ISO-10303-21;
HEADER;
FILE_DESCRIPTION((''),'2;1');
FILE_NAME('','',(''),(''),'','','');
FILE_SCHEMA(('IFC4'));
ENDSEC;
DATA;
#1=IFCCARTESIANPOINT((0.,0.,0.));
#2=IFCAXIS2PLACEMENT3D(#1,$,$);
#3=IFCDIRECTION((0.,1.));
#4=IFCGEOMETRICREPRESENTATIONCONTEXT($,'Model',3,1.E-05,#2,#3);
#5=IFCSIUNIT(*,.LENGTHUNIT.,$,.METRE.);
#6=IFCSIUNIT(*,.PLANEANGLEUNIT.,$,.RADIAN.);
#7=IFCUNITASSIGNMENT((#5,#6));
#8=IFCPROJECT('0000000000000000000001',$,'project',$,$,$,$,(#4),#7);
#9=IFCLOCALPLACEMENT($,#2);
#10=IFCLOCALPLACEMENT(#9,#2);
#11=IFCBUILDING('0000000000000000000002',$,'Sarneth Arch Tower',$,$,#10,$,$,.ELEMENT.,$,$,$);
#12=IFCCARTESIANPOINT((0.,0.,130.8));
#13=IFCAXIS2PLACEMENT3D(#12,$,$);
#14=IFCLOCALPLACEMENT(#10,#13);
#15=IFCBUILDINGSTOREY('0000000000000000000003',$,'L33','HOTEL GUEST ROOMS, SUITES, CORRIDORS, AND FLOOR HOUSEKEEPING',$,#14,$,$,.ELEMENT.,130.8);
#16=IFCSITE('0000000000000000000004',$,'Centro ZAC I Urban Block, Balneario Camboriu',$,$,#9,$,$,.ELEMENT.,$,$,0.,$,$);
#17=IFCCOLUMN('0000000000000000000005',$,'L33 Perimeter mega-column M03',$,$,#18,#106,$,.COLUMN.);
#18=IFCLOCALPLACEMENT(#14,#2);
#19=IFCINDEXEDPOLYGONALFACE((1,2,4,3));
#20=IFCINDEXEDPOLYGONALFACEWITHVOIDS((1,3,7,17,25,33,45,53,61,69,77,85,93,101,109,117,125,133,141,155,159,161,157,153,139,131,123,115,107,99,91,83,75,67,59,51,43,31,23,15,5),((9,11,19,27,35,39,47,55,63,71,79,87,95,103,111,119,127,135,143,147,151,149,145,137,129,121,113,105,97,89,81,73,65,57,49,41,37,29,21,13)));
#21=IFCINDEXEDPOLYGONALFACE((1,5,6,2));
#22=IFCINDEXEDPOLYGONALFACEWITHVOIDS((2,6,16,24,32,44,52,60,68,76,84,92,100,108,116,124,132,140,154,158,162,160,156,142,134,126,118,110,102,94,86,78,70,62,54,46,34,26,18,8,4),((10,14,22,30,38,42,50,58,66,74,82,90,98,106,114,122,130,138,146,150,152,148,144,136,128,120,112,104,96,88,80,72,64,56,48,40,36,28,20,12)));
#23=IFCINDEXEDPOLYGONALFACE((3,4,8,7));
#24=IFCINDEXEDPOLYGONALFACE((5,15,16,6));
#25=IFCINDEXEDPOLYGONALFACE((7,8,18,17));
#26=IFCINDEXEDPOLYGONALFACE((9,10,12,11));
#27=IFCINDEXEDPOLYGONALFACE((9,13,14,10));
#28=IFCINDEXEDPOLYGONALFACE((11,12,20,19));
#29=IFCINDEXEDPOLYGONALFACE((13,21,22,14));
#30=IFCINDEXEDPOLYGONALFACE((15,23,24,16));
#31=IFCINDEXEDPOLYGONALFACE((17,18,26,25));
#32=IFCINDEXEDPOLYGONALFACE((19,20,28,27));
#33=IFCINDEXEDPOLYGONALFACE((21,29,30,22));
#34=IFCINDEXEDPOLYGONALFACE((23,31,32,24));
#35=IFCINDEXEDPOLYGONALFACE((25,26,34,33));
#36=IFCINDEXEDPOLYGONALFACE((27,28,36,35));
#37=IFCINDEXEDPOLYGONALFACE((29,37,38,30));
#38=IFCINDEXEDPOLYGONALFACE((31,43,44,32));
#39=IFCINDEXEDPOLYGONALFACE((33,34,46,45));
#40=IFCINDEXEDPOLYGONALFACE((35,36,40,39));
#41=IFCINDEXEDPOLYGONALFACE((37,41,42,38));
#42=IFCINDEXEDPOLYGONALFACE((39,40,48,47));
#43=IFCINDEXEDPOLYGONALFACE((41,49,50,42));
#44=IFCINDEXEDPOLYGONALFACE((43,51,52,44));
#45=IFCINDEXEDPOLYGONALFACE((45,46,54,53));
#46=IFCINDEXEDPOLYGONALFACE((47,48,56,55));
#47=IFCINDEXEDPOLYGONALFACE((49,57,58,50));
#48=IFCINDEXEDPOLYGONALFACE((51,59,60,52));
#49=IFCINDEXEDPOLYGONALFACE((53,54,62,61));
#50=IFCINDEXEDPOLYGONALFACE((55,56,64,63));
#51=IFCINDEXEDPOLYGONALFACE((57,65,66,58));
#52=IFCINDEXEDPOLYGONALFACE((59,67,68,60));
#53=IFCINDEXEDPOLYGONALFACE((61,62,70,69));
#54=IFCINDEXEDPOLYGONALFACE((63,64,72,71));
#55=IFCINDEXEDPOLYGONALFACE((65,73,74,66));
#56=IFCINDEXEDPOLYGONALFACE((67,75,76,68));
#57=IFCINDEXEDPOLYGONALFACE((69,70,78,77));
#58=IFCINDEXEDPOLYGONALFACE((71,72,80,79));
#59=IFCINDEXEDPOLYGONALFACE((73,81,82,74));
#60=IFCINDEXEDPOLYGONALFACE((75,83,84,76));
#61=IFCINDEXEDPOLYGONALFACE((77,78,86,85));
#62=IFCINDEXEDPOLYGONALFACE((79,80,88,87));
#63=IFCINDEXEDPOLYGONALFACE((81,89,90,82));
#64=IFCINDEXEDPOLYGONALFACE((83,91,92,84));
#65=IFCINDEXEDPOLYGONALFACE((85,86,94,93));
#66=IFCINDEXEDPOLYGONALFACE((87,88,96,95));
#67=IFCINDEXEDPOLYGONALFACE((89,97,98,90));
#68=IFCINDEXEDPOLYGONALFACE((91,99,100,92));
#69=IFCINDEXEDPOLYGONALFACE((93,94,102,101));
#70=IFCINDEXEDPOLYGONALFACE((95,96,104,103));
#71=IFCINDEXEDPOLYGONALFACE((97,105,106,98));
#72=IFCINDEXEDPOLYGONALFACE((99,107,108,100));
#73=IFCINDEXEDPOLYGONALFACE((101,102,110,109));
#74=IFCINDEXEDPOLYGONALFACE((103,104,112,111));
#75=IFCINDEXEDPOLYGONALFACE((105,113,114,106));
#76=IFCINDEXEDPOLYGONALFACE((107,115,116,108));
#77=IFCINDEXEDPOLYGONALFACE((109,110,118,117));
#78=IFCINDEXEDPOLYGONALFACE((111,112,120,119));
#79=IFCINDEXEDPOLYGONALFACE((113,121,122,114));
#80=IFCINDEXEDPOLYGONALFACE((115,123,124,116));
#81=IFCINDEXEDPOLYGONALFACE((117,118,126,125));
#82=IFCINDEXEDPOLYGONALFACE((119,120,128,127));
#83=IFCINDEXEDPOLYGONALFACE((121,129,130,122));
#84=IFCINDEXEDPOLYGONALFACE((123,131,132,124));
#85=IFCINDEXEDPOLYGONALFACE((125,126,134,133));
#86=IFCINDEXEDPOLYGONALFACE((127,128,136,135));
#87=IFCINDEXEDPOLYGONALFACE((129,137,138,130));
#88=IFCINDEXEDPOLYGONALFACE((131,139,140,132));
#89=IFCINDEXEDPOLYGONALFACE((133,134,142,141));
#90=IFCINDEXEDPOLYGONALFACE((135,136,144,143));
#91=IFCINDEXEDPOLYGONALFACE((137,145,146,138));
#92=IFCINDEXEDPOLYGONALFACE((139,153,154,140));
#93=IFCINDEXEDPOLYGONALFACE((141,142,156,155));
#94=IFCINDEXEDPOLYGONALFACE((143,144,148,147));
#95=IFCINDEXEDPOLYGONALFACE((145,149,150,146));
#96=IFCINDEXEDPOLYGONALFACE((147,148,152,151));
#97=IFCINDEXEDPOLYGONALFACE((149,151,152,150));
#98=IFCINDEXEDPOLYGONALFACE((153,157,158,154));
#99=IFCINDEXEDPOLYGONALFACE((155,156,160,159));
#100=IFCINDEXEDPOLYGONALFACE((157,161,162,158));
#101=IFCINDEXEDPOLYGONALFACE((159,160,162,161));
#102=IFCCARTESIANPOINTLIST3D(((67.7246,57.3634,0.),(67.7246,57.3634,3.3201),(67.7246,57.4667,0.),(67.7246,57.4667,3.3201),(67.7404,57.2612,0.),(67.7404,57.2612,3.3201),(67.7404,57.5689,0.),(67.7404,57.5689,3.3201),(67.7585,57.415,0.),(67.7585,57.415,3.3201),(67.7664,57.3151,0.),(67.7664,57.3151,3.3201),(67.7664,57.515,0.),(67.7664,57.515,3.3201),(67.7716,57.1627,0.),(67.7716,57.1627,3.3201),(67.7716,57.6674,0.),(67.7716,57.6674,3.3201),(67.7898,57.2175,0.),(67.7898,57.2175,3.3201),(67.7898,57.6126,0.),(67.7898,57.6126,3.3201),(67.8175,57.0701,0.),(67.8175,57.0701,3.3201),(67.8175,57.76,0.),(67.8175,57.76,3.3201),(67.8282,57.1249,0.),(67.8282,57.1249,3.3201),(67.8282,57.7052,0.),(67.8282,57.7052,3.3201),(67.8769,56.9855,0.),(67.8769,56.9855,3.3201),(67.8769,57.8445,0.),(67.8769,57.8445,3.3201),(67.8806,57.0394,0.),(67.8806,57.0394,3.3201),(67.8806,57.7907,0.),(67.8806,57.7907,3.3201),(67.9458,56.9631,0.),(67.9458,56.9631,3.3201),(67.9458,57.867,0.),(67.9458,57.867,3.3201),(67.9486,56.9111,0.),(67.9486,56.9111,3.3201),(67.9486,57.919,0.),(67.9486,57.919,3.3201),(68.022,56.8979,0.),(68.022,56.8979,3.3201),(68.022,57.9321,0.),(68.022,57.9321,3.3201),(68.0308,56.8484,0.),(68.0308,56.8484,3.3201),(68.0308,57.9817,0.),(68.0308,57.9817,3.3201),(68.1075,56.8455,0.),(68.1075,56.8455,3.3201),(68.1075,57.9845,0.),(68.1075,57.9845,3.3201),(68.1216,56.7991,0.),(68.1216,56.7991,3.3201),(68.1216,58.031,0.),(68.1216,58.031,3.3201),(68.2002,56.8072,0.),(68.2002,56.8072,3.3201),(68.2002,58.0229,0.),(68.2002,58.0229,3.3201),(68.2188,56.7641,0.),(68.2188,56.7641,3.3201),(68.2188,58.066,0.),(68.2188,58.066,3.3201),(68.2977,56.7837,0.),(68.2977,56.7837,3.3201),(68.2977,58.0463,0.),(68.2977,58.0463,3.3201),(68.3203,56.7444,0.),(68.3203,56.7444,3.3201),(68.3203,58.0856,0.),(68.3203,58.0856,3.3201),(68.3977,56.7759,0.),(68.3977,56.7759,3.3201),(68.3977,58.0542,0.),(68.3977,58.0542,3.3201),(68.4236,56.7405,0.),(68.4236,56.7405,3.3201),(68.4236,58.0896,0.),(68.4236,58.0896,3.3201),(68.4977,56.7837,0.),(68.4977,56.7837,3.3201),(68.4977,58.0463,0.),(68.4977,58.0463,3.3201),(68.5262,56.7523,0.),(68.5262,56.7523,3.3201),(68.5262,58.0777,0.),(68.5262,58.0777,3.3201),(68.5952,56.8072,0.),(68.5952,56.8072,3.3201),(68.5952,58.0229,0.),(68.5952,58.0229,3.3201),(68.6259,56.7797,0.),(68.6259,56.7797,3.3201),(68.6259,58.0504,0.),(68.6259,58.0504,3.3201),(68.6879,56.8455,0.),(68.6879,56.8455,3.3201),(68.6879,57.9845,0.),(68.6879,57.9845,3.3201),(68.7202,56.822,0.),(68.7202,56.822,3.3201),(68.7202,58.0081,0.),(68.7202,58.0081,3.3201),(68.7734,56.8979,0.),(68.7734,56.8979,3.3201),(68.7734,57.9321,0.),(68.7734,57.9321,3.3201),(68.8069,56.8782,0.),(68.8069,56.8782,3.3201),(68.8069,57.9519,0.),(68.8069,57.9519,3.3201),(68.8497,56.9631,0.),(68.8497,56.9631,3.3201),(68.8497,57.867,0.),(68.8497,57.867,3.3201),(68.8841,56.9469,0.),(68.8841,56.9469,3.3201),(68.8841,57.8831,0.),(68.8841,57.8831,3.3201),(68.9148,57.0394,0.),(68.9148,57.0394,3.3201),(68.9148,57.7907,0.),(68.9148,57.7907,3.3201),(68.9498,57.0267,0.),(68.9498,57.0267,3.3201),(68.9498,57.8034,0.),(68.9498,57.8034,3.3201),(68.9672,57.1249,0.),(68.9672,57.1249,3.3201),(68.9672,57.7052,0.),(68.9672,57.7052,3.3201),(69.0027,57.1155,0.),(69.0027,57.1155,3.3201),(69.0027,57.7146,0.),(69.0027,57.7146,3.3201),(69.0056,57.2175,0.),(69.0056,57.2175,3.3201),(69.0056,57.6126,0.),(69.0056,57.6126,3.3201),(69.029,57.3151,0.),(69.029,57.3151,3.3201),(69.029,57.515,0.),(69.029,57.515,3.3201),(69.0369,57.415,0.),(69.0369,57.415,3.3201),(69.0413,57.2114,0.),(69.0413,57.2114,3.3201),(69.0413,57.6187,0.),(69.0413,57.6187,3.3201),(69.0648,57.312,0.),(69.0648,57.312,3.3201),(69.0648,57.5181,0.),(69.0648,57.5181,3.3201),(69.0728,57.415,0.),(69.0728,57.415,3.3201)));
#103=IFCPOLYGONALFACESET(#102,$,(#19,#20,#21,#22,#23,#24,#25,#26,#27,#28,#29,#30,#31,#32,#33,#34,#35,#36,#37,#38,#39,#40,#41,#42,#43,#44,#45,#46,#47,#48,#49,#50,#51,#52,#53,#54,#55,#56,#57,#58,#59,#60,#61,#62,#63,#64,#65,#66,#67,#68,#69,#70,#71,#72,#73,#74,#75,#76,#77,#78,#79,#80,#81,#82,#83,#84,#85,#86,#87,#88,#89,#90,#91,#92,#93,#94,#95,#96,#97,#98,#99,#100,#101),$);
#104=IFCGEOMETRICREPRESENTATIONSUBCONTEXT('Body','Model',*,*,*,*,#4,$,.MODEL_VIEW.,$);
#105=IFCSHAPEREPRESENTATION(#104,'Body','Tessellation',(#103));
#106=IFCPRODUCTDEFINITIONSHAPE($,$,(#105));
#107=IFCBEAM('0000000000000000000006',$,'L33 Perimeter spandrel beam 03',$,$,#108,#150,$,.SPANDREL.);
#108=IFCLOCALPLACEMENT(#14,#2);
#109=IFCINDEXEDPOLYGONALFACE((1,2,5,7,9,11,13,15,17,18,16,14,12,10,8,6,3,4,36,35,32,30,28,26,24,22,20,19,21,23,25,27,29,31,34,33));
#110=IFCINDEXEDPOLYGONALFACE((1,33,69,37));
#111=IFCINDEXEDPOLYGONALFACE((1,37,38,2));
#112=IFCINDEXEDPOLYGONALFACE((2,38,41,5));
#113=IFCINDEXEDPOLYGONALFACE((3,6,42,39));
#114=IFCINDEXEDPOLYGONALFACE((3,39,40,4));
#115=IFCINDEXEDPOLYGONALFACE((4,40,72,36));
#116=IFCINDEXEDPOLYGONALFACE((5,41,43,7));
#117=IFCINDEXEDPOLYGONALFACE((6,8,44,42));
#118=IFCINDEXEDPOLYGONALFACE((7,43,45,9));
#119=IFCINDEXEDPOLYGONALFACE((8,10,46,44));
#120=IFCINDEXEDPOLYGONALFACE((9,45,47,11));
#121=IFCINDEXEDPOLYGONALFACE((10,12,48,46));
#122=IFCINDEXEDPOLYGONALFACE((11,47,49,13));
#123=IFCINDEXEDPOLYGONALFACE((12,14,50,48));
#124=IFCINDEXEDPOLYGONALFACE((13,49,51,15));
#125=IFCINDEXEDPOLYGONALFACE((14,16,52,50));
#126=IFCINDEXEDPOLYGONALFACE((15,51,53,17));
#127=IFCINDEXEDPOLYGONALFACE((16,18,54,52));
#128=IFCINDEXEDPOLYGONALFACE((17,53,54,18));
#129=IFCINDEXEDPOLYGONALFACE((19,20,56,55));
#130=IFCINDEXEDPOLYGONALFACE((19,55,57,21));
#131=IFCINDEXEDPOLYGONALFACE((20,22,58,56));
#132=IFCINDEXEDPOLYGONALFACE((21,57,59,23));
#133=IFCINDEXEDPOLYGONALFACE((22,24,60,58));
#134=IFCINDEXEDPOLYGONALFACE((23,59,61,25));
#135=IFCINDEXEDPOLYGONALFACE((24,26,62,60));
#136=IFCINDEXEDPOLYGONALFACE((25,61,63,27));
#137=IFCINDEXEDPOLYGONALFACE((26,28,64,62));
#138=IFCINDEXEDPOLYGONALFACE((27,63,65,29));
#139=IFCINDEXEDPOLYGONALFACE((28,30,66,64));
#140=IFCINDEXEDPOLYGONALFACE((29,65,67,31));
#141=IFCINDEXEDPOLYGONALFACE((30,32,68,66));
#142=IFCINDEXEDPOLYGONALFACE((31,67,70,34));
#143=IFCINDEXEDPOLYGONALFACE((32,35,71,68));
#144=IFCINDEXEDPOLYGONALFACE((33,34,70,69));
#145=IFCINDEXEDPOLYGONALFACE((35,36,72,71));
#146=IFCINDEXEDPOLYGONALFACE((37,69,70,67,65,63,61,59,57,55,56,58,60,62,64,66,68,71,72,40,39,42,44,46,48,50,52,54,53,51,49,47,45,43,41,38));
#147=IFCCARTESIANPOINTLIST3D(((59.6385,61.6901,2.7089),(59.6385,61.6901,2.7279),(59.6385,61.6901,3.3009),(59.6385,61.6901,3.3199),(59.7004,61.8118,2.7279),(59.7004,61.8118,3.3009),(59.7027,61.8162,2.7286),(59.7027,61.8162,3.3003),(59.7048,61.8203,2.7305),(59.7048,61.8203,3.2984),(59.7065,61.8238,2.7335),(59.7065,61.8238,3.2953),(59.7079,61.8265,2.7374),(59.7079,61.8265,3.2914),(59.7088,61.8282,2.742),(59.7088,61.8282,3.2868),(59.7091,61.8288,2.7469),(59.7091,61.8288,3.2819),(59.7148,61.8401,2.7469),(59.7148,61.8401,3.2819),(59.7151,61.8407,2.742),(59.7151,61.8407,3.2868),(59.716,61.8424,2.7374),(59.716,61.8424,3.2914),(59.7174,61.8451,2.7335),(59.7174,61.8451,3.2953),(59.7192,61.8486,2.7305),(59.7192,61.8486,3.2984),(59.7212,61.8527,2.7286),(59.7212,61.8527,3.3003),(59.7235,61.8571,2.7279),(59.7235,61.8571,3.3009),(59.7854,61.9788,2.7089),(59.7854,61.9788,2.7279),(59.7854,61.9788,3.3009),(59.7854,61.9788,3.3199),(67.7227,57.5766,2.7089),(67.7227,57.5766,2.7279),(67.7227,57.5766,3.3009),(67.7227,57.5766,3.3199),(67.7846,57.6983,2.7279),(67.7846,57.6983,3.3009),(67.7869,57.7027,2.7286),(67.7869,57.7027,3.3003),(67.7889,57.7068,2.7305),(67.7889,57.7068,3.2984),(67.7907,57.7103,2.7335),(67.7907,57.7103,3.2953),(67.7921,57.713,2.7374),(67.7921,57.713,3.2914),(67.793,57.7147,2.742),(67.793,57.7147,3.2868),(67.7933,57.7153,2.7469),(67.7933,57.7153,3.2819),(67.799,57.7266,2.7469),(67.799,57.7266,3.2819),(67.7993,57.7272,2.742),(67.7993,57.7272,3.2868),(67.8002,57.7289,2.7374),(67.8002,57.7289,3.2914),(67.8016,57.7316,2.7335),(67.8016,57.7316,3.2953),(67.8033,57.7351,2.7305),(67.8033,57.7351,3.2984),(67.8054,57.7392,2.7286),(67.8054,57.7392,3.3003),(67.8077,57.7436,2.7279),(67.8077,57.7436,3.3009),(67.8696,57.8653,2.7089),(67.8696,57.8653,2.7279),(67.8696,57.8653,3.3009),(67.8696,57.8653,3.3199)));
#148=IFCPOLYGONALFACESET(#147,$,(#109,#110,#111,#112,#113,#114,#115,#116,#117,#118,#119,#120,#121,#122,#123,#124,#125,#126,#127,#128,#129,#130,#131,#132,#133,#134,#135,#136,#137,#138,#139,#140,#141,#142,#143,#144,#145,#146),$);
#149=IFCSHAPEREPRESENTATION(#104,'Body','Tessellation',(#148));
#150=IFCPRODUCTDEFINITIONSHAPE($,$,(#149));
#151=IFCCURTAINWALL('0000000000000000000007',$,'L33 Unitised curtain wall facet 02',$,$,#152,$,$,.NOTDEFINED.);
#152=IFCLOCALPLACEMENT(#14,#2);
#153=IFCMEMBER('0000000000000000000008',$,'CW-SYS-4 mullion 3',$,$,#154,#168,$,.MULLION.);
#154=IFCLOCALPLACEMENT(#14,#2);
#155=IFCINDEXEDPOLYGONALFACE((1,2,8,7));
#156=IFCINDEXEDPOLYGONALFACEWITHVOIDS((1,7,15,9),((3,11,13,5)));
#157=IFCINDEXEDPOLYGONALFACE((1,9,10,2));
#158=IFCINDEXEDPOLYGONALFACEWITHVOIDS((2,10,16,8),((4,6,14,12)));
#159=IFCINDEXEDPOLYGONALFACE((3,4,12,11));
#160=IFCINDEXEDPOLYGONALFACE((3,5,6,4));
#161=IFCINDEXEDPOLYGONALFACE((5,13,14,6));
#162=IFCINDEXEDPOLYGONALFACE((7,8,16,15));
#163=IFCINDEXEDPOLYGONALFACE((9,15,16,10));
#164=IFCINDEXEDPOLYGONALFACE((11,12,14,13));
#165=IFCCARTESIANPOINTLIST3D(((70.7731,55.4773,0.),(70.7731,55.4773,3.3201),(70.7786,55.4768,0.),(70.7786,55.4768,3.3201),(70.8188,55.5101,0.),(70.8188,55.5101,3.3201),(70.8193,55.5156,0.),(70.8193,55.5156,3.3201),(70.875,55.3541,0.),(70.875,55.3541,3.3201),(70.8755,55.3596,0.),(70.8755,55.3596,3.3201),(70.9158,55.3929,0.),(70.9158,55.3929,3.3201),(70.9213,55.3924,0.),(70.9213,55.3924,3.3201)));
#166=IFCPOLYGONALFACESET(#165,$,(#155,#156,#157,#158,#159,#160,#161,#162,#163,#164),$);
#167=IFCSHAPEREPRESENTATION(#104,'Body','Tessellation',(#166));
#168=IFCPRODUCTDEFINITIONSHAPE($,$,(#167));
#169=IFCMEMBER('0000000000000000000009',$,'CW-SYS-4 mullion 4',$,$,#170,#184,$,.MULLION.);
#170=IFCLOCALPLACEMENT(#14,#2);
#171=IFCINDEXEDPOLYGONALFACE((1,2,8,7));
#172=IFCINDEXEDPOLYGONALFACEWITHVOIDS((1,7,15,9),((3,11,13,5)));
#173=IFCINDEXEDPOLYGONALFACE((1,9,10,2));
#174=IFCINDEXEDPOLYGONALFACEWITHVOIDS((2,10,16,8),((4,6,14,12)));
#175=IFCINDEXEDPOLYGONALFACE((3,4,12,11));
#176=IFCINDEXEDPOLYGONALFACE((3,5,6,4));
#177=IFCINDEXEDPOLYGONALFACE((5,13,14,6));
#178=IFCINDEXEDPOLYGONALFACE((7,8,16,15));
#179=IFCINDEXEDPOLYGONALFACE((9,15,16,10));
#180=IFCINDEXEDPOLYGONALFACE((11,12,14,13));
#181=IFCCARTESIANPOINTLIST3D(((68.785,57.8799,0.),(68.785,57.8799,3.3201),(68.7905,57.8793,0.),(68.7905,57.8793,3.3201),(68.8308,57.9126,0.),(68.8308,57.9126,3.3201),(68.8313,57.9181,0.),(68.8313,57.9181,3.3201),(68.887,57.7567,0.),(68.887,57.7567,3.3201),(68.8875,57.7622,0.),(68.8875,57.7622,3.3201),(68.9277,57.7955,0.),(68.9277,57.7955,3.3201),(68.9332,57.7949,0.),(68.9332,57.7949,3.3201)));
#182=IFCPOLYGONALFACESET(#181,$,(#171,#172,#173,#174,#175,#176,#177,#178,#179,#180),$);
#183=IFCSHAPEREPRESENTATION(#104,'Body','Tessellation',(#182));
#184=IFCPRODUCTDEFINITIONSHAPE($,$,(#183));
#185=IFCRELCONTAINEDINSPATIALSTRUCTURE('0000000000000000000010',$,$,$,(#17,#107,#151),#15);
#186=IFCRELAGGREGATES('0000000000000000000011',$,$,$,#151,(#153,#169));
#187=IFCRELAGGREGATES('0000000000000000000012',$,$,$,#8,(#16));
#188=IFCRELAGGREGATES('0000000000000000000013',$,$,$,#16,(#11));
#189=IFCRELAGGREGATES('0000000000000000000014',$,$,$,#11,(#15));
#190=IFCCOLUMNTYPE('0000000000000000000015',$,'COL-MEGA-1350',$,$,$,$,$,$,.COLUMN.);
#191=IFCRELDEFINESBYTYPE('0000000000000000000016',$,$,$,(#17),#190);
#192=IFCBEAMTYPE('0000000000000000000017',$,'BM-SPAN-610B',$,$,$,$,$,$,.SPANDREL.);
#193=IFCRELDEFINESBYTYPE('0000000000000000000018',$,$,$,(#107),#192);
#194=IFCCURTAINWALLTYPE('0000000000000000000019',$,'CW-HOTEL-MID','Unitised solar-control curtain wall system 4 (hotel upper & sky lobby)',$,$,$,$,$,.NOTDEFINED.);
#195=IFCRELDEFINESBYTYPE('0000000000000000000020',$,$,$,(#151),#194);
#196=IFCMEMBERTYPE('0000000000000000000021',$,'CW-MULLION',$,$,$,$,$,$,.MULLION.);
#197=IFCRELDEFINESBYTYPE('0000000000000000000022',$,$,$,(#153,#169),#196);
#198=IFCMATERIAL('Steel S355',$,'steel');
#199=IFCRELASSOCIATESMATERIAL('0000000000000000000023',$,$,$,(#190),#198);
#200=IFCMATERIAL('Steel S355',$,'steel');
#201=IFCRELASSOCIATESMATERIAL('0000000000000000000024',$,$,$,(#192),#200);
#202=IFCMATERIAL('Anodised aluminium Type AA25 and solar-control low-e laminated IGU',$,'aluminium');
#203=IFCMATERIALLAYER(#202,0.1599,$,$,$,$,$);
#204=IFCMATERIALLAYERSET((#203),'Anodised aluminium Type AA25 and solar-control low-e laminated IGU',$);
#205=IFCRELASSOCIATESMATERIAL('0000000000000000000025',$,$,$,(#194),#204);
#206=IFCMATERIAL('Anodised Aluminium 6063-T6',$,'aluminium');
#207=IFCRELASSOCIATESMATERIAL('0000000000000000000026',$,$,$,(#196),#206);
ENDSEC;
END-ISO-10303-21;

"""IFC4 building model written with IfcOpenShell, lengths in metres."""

from ifc_helpers import new_model, si_unit, direction, frame, origin, origin_2d, place, context, subcontext, project, spatial, hollow_rectangle, hollow_circle, i_section, extrude, material, layer, layer_set, material_profile, profile_set, type_object, element, aggregate, save


model = new_model("IFC4")

# Units and contexts
model_context = context("Model", 3, precision=1e-05, world=origin(), true_north=direction((0.0, 1.0)))
body_context = subcontext(model_context, "Body", "Model", "MODEL_VIEW")
ifc_project = project(units=[si_unit("LENGTHUNIT", "METRE"), si_unit("PLANEANGLEUNIT", "RADIAN")], contexts=[model_context])

# Site, building, storey
site_placement = place(None, origin())
site = spatial("IfcSite", under=ifc_project, at=site_placement, Name="Centro ZAC I Urban Block, Balneario Camboriu", CompositionType="ELEMENT", RefElevation=0.0)
building_placement = place(site_placement, origin())
building = spatial("IfcBuilding", under=site, at=building_placement, Name="Sarneth Arch Tower", CompositionType="ELEMENT")
storey_placement = place(building_placement, frame((0.0, 0.0, 130.8)))
storey = spatial("IfcBuildingStorey", under=building, at=storey_placement, Name="L33", Description="HOTEL GUEST ROOMS, SUITES, CORRIDORS, AND FLOOR HOUSEKEEPING", CompositionType="ELEMENT", Elevation=130.8)

# Column
ifc_material_1 = material(Name="Steel S355", Category="steel")
ifc_material_profile_1 = material_profile(ifc_material_1, hollow_circle(Radius=0.675, WallThickness=0.0359, at=origin_2d()), Name="CHS1350x36")
ifc_profile_set_1 = profile_set([ifc_material_profile_1], Name="Steel S355")
column_type = type_object("IfcColumnType", Name="COL-MEGA-1350", PredefinedType="COLUMN", material=ifc_profile_set_1)
column_placement = place(storey_placement, frame((68.3977, 57.415, 0.0), z_axis=(0.0, 0.0, 1.0), x_axis=(1.0, 0.0, 0.0)))
element("IfcColumn", 1, at=column_placement, inside=storey, type_object=column_type, Name="L33 Perimeter mega-column M03", PredefinedType="COLUMN", context=body_context, shape_type="SweptSolid", body=[
    extrude(hollow_circle(Radius=0.675, WallThickness=0.0359, at=origin_2d()), origin(), (0.0, 0.0, 1.0), 3.3201),
])

# Beam
ifc_material_2 = material(Name="Steel S355", Category="steel")
ifc_material_profile_2 = material_profile(ifc_material_2, i_section(OverallWidth=0.324, OverallDepth=0.6111, WebThickness=0.0127, FlangeThickness=0.019, FilletRadius=0.019, at=origin_2d()), Name="W610x155")
ifc_profile_set_2 = profile_set([ifc_material_profile_2], Name="Steel S355")
beam_type = type_object("IfcBeamType", Name="BM-SPAN-610B", PredefinedType="SPANDREL", material=ifc_profile_set_2)
beam_placement = place(storey_placement, frame((67.7961, 57.7209, 3.0144), z_axis=(-0.891256, 0.453501, 0.0), x_axis=(-0.453501, -0.891256, 0.0)))
element("IfcBeam", 2, at=beam_placement, inside=storey, type_object=beam_type, Name="L33 Perimeter spandrel beam 03", PredefinedType="SPANDREL", context=body_context, shape_type="SweptSolid", body=[
    extrude(i_section(OverallWidth=0.324, OverallDepth=0.6111, WebThickness=0.0127, FlangeThickness=0.019, FilletRadius=0.019, at=origin_2d()), origin(), (0.0, 0.0, 1.0), 9.0706),
])

# Curtain wall, members
ifc_material_3 = material(Name="Anodised aluminium Type AA25 and solar-control low-e laminated IGU", Category="aluminium")
ifc_layer_1 = layer(ifc_material_3, 0.1599)
ifc_layer_set_1 = layer_set([ifc_layer_1], Name="Anodised aluminium Type AA25 and solar-control low-e laminated IGU")
curtain_wall_type = type_object("IfcCurtainWallType", Name="CW-HOTEL-MID", Description="Unitised solar-control curtain wall system 4 (hotel upper & sky lobby)", PredefinedType="NOTDEFINED", material=ifc_layer_set_1)
curtain_wall_placement = place(storey_placement, origin())
curtain_wall = element("IfcCurtainWall", 3, at=curtain_wall_placement, inside=storey, type_object=curtain_wall_type, Name="L33 Unitised curtain wall facet 02", PredefinedType="NOTDEFINED")
ifc_material_4 = material(Name="Anodised Aluminium 6063-T6", Category="aluminium")
ifc_material_profile_3 = material_profile(ifc_material_4, hollow_rectangle(XDim=0.0601, YDim=0.1599, WallThickness=0.0039, at=origin_2d()), Name="AL-MULL-160x60x4")
ifc_profile_set_3 = profile_set([ifc_material_profile_3], Name="Anodised Aluminium 6063-T6")
member_type_1 = type_object("IfcMemberType", Name="CW-MULLION", PredefinedType="MULLION", material=ifc_profile_set_3)
member_1_placement = place(storey_placement, frame((70.8472, 55.4348, 0.0), z_axis=(0.0, 0.0, 1.0), x_axis=(-0.770438, -0.637515, 0.0)))
member_1 = element("IfcMember", 4, at=member_1_placement, type_object=member_type_1, Name="CW-SYS-4 mullion 3", PredefinedType="MULLION", context=body_context, shape_type="SweptSolid", body=[
    extrude(hollow_rectangle(XDim=0.0601, YDim=0.1599, WallThickness=0.0039, at=origin_2d()), origin(), (0.0, 0.0, 1.0), 3.3201),
])
member_2_placement = place(storey_placement, frame((68.8591, 57.8374, 0.0), z_axis=(0.0, 0.0, 1.0), x_axis=(-0.770438, -0.637515, 0.0)))
member_2 = element("IfcMember", 5, at=member_2_placement, type_object=member_type_1, Name="CW-SYS-4 mullion 4", PredefinedType="MULLION", context=body_context, shape_type="SweptSolid", body=[
    extrude(hollow_rectangle(XDim=0.0601, YDim=0.1599, WallThickness=0.0039, at=origin_2d()), origin(), (0.0, 0.0, 1.0), 3.3201),
])

aggregate(curtain_wall, [member_1, member_2])

save(model, "model.ifc")
